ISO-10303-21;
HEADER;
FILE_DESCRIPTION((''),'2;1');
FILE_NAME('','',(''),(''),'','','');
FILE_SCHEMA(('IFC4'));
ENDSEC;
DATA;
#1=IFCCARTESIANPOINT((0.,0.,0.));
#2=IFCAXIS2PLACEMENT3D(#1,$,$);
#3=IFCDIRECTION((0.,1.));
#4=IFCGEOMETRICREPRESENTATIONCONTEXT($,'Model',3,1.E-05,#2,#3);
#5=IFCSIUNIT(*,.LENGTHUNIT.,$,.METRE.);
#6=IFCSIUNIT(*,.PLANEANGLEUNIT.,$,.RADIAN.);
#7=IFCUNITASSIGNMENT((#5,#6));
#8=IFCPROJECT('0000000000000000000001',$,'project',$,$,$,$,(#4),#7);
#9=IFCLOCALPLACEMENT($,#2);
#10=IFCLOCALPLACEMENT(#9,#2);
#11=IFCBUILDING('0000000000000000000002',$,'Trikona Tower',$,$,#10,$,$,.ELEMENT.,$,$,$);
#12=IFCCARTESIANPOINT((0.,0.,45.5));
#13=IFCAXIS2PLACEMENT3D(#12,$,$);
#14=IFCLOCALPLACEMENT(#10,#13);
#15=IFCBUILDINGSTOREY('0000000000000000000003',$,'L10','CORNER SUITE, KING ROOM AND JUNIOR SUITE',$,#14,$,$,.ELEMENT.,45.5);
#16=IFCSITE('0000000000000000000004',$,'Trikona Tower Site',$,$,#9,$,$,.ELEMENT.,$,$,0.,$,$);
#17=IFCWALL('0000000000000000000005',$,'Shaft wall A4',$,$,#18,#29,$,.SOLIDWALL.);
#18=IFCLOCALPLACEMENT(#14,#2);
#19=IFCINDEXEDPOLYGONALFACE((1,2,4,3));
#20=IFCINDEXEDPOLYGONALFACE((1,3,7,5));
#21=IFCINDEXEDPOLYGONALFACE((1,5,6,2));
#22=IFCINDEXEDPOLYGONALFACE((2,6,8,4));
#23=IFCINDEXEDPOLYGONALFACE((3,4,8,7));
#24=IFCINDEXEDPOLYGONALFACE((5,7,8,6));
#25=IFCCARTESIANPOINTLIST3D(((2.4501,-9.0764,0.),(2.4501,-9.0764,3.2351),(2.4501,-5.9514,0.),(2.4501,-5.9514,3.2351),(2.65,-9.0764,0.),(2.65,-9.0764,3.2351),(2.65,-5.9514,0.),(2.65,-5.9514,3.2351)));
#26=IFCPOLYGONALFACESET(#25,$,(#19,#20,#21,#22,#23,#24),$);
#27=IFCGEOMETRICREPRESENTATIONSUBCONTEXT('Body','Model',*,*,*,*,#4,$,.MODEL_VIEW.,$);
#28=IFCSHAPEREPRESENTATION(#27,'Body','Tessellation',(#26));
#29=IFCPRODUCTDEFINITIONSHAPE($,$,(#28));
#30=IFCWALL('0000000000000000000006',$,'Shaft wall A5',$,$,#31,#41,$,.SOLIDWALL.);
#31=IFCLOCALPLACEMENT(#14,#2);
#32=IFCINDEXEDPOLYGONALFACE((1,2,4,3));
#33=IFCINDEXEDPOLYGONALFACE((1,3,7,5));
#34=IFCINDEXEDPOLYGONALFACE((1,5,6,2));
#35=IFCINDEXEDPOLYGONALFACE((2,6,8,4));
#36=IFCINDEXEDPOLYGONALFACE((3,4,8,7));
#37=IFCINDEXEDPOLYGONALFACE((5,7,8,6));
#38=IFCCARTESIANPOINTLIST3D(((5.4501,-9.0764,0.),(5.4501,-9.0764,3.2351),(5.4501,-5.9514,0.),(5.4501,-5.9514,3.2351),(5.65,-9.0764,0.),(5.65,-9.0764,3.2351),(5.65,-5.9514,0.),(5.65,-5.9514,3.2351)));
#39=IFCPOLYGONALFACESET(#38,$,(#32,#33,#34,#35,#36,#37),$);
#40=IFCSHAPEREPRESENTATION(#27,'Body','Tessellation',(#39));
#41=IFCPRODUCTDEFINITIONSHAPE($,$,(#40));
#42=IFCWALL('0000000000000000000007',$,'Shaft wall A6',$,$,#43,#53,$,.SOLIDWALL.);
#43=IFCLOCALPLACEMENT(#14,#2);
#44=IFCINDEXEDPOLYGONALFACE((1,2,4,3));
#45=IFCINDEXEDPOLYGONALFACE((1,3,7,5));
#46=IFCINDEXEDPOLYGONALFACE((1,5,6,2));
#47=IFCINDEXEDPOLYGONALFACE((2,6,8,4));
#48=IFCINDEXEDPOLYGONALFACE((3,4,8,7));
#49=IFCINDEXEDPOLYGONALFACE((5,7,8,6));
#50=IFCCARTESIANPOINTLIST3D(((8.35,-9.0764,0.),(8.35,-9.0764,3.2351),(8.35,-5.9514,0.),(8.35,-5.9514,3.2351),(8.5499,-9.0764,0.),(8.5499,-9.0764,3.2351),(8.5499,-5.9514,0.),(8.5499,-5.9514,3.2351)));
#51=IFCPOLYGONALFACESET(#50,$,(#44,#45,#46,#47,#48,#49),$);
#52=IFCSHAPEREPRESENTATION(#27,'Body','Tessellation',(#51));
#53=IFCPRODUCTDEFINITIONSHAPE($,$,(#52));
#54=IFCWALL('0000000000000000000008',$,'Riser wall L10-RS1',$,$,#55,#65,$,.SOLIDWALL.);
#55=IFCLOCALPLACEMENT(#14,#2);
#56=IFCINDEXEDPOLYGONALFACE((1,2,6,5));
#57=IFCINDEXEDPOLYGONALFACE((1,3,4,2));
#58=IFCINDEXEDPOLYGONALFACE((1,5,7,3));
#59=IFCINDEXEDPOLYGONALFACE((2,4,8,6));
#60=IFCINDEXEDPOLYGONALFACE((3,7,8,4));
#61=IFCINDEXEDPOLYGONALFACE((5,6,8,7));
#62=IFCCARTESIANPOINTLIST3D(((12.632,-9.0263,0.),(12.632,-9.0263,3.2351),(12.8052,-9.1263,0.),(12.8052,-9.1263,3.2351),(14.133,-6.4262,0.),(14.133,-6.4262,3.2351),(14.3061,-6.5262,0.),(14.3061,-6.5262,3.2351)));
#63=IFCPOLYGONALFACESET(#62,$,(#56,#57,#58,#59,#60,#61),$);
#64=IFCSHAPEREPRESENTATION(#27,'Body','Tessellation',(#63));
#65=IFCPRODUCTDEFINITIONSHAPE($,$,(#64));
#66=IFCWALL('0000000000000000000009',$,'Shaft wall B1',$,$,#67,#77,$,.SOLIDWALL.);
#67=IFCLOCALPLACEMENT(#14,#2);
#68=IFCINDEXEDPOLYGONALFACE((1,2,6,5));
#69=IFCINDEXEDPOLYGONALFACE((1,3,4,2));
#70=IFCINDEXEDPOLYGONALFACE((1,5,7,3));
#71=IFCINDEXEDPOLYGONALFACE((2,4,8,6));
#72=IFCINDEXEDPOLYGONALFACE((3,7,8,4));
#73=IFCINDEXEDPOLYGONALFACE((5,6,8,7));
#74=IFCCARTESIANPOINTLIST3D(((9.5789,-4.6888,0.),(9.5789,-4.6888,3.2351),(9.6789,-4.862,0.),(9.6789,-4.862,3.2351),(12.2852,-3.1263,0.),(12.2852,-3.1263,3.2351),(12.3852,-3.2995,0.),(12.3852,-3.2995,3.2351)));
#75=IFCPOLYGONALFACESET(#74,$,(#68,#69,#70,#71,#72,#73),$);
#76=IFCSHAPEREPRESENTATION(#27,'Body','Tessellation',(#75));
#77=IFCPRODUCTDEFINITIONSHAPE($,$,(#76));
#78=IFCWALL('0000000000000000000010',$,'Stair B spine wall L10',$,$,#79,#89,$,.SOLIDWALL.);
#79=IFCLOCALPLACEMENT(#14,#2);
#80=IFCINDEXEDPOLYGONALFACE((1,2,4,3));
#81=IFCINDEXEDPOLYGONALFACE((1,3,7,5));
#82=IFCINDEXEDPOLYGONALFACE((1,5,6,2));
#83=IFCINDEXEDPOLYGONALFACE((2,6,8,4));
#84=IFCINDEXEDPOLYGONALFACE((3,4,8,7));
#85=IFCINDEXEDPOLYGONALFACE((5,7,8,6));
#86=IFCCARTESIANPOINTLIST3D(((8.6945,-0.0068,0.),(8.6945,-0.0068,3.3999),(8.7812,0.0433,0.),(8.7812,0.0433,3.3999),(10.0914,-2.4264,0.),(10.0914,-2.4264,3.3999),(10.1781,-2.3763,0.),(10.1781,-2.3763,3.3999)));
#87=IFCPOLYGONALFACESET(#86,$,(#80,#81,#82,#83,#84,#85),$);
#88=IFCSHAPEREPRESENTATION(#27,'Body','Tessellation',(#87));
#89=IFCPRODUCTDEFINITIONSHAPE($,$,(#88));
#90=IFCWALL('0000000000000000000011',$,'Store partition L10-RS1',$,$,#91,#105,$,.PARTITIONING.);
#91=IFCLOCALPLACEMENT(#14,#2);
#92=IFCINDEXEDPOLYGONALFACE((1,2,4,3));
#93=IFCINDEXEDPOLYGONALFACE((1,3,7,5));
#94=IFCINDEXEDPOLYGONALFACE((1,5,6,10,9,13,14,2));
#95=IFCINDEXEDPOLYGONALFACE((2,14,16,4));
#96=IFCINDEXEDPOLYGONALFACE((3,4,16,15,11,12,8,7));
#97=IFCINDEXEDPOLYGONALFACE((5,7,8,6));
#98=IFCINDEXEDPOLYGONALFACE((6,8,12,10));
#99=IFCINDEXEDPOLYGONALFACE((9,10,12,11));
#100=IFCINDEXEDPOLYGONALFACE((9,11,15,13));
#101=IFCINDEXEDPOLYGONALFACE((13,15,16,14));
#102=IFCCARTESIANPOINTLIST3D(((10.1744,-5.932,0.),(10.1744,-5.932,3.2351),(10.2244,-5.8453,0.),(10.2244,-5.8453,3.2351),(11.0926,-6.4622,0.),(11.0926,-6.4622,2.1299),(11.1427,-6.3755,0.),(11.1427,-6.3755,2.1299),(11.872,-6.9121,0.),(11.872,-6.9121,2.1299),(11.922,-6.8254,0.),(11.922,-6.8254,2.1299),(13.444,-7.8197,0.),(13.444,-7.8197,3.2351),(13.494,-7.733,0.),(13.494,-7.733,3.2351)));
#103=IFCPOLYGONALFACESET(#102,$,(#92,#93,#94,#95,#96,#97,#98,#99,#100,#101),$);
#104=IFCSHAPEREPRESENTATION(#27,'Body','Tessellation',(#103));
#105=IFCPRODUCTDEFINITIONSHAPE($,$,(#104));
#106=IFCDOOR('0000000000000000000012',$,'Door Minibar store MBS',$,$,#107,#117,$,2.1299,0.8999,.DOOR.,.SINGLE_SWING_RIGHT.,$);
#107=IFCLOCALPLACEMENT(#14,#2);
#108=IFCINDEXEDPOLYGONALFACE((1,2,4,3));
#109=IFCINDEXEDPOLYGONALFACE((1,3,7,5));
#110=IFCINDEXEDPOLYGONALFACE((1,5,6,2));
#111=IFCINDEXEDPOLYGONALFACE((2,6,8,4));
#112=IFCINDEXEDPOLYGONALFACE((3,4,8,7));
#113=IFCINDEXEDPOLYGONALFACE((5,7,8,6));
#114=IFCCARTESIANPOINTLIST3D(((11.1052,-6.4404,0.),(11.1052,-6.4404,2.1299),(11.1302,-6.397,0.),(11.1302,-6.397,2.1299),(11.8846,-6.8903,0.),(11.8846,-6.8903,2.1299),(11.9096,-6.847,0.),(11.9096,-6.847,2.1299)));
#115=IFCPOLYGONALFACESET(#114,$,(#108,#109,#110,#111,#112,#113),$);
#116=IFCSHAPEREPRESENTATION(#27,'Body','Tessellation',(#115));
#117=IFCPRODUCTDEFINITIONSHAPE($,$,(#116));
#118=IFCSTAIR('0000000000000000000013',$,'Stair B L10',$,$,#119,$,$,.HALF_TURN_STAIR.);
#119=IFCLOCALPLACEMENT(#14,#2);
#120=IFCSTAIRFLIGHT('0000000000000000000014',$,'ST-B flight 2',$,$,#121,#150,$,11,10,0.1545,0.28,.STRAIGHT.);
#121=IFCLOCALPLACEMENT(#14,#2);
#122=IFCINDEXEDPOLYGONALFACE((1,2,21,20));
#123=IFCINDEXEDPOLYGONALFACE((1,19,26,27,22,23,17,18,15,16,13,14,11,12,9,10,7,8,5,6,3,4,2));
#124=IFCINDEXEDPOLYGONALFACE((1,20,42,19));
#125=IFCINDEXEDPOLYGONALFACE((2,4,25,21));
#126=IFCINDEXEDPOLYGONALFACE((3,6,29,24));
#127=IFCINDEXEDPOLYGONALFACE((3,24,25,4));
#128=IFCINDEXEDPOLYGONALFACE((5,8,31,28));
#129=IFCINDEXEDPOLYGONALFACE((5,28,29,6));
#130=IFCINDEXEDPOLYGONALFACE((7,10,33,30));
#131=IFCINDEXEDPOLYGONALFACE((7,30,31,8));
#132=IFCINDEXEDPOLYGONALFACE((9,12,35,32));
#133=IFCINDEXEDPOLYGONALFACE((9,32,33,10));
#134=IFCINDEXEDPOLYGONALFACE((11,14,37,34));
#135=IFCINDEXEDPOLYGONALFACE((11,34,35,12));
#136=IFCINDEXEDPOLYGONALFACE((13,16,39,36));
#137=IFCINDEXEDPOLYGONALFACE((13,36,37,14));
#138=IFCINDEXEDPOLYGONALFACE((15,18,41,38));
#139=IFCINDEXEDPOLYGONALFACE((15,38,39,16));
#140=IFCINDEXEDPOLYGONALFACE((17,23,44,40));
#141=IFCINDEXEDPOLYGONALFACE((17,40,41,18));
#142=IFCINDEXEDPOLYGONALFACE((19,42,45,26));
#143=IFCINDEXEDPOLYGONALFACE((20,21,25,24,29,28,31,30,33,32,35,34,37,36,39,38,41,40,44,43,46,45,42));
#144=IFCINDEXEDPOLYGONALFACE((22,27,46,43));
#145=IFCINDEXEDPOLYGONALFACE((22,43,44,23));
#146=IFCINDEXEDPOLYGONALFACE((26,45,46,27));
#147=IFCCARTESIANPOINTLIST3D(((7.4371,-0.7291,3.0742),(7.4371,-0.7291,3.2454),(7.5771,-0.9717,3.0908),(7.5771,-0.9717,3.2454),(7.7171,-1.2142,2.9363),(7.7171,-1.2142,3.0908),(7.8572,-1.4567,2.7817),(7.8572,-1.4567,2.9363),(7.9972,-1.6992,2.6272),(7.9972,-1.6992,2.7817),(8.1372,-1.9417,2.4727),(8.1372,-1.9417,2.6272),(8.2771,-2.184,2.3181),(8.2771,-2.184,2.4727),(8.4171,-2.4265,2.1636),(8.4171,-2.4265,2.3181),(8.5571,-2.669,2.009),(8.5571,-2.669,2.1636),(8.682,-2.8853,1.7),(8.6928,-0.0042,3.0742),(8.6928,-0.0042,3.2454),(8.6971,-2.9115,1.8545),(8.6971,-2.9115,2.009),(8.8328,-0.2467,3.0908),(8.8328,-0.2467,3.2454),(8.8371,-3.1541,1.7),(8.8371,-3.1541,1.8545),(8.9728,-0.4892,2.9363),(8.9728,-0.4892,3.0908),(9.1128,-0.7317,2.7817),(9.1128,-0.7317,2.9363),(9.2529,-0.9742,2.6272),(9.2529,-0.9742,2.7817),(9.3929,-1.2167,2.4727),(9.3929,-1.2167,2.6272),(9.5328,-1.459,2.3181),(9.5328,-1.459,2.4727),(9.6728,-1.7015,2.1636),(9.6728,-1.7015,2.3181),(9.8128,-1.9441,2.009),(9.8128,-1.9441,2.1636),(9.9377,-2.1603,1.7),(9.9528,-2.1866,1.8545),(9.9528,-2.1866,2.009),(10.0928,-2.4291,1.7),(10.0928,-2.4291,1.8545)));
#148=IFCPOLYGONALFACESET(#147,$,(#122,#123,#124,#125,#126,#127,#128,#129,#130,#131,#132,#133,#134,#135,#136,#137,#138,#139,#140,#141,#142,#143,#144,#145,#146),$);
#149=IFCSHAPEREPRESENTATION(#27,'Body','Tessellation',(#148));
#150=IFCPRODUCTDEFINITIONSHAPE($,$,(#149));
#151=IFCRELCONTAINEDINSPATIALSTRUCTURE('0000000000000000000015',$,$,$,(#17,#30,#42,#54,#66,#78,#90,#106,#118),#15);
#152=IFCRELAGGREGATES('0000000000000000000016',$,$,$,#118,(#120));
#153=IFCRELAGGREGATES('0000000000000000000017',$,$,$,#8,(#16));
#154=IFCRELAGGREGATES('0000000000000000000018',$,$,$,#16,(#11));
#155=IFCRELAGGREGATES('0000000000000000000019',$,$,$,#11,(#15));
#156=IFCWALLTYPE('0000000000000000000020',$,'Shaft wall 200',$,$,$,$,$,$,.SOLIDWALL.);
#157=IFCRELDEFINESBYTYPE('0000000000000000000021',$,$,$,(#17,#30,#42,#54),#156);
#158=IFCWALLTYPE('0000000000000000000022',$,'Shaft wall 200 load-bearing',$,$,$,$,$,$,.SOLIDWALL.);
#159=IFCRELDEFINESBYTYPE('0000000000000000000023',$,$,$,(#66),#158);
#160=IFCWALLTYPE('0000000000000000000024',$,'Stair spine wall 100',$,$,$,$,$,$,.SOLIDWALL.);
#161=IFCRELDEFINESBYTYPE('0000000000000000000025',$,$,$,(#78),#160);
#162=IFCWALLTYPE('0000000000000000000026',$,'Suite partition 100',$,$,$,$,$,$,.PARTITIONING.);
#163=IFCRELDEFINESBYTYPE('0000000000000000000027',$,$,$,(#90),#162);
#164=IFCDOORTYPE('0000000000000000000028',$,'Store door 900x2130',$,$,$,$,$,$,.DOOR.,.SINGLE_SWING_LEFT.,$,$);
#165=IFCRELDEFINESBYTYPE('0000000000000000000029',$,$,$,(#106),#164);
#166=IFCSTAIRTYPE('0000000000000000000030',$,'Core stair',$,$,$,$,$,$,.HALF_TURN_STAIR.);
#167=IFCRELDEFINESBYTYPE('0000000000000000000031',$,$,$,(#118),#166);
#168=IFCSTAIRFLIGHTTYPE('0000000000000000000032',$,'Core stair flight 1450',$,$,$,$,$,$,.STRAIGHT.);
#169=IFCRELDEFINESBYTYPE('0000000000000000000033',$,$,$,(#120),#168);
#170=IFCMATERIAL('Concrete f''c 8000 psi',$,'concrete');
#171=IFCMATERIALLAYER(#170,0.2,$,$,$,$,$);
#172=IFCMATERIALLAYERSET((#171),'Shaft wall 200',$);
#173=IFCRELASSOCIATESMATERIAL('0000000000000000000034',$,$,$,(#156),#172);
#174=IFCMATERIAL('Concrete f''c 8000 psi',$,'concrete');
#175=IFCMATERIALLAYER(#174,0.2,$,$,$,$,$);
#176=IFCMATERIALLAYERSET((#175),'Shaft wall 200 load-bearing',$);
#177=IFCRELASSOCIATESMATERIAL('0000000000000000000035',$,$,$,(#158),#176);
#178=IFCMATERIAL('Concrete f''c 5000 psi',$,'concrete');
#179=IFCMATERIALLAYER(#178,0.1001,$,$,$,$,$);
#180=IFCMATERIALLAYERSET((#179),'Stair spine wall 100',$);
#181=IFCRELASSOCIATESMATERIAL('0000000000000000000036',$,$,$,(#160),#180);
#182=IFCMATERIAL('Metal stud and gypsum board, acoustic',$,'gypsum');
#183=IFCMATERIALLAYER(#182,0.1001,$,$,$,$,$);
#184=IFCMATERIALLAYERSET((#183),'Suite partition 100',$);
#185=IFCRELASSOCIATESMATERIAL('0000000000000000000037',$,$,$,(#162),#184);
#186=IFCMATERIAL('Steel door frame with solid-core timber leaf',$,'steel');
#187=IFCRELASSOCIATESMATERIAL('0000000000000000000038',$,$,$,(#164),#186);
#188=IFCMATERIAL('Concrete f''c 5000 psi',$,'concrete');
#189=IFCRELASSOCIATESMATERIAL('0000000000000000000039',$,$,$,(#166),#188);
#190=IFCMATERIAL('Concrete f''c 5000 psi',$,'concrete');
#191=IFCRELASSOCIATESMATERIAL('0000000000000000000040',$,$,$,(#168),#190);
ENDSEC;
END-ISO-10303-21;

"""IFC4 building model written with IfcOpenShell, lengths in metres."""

from ifc_helpers import new_model, si_unit, direction, frame, frame_2d, origin, place, context, subcontext, project, spatial, polyline, rectangle, outline, extrude, material, layer, layer_set, type_object, element, fill, aggregate, save


model = new_model("IFC4")

# Units and contexts
model_context = context("Model", 3, precision=1e-05, world=origin(), true_north=direction((0.0, 1.0)))
body_context = subcontext(model_context, "Body", "Model", "MODEL_VIEW")
ifc_project = project(units=[si_unit("LENGTHUNIT", "METRE"), si_unit("PLANEANGLEUNIT", "RADIAN")], contexts=[model_context])

# Site, building, storey
site_placement = place(None, origin())
site = spatial("IfcSite", under=ifc_project, at=site_placement, Name="Trikona Tower Site", CompositionType="ELEMENT", RefElevation=0.0)
building_placement = place(site_placement, origin())
building = spatial("IfcBuilding", under=site, at=building_placement, Name="Trikona Tower", CompositionType="ELEMENT")
storey_placement = place(building_placement, frame((0.0, 0.0, 45.5)))
storey = spatial("IfcBuildingStorey", under=building, at=storey_placement, Name="L10", Description="CORNER SUITE, KING ROOM AND JUNIOR SUITE", CompositionType="ELEMENT", Elevation=45.5)

# Walls
ifc_material_1 = material(Name="Concrete f'c 8000 psi", Category="concrete")
ifc_layer_1 = layer(ifc_material_1, 0.2)
ifc_layer_set_1 = layer_set([ifc_layer_1], Name="Shaft wall 200")
wall_type_1 = type_object("IfcWallType", Name="Shaft wall 200", PredefinedType="SOLIDWALL", material=ifc_layer_set_1)
for number, where, z_axis, x_axis, name in (
    (1, (2.55, -5.9514, 0.0), (0.0, 0.0, 1.0), (0.0, -1.0, 0.0), "Shaft wall A4"),
    (2, (5.55, -5.9514, 0.0), (0.0, 0.0, 1.0), (0.0, -1.0, 0.0), "Shaft wall A5"),
    (3, (8.45, -5.9514, 0.0), (0.0, 0.0, 1.0), (0.0, -1.0, 0.0), "Shaft wall A6"),
):
    element("IfcWall", number, at=place(storey_placement, frame(where, z_axis=z_axis, x_axis=x_axis)), inside=storey, type_object=wall_type_1, Name=name, PredefinedType="SOLIDWALL", context=body_context, shape_type="SweptSolid", body=[
        extrude(rectangle(XDim=3.125, YDim=0.2, at=frame_2d((1.5625, 0.0))), origin(), (0.0, 0.0, 1.0), 3.2351),
    ])
wall_1_placement = place(storey_placement, frame((14.2195, -6.4763, 0.0), z_axis=(0.0, 0.0, 1.0), x_axis=(-0.499952, -0.866053, 0.0)))
element("IfcWall", 4, at=wall_1_placement, inside=storey, type_object=wall_type_1, Name="Riser wall L10-RS1", PredefinedType="SOLIDWALL", context=body_context, shape_type="SweptSolid", body=[
    extrude(rectangle(XDim=3.0022, YDim=0.2, at=frame_2d((1.501, 0.0))), origin(), (0.0, 0.0, 1.0), 3.2351),
])
ifc_material_2 = material(Name="Concrete f'c 8000 psi", Category="concrete")
ifc_layer_2 = layer(ifc_material_2, 0.2)
ifc_layer_set_2 = layer_set([ifc_layer_2], Name="Shaft wall 200 load-bearing")
wall_type_2 = type_object("IfcWallType", Name="Shaft wall 200 load-bearing", PredefinedType="SOLIDWALL", material=ifc_layer_set_2)
wall_2_placement = place(storey_placement, frame((9.6289, -4.7754, 0.0), z_axis=(0.0, 0.0, 1.0), x_axis=(0.866023, 0.500004, 0.0)))
element("IfcWall", 5, at=wall_2_placement, inside=storey, type_object=wall_type_2, Name="Shaft wall B1", PredefinedType="SOLIDWALL", context=body_context, shape_type="SweptSolid", body=[
    extrude(rectangle(XDim=3.125, YDim=0.2, at=frame_2d((1.5625, 0.0))), origin(), (0.0, 0.0, 1.0), 3.2351),
])
ifc_material_3 = material(Name="Concrete f'c 5000 psi", Category="concrete")
ifc_layer_3 = layer(ifc_material_3, 0.1001)
ifc_layer_set_3 = layer_set([ifc_layer_3], Name="Stair spine wall 100")
wall_type_3 = type_object("IfcWallType", Name="Stair spine wall 100", PredefinedType="SOLIDWALL", material=ifc_layer_set_3)
wall_3_placement = place(storey_placement, frame((10.1348, -2.4014, 0.0), z_axis=(0.0, 0.0, 1.0), x_axis=(-0.499992, 0.86603, 0.0)))
element("IfcWall", 6, at=wall_3_placement, inside=storey, type_object=wall_type_3, Name="Stair B spine wall L10", PredefinedType="SOLIDWALL", context=body_context, shape_type="SweptSolid", body=[
    extrude(rectangle(XDim=2.7939, YDim=0.1001, at=frame_2d((1.397, 0.0))), origin(), (0.0, 0.0, 1.0), 3.3999),
])

# Wall, opening, door
ifc_material_4 = material(Name="Metal stud and gypsum board, acoustic", Category="gypsum")
ifc_layer_4 = layer(ifc_material_4, 0.1001)
ifc_layer_set_4 = layer_set([ifc_layer_4], Name="Suite partition 100")
wall_type_4 = type_object("IfcWallType", Name="Suite partition 100", PredefinedType="PARTITIONING", material=ifc_layer_set_4)
wall_4_placement = place(storey_placement, frame((13.469, -7.7764, 0.0), z_axis=(0.0, 0.0, 1.0), x_axis=(-0.866022, 0.500006, 0.0)))
wall_4 = element("IfcWall", 7, at=wall_4_placement, inside=storey, type_object=wall_type_4, Name="Store partition L10-RS1", PredefinedType="PARTITIONING", context=body_context, shape_type="SweptSolid", body=[
    extrude(rectangle(XDim=3.7754, YDim=0.1001, at=frame_2d((1.8877, 0.0))), origin(), (0.0, 0.0, 1.0), 3.2351),
])
opening_1_placement = place(wall_4_placement, frame((1.8152, 0.0, 0.0)))
opening_1 = element("IfcOpeningElement", 8, at=opening_1_placement, cuts=wall_4, PredefinedType="OPENING", context=body_context, shape_type="SweptSolid", body=[
    extrude(rectangle(XDim=0.8999, YDim=2.1299, at=frame_2d((0.45, 1.0649))), frame((0.0, 0.0601, 0.0), z_axis=(0.0, -1.0, 0.0), x_axis=(1.0, 0.0, 0.0)), (0.0, 0.0, 1.0), 0.1201),
])
ifc_material_5 = material(Name="Steel door frame with solid-core timber leaf", Category="steel")
door_type_1 = type_object("IfcDoorType", Name="Store door 900x2130", OperationType="SINGLE_SWING_LEFT", PredefinedType="DOOR", material=ifc_material_5)
door_1_placement = place(opening_1_placement, origin())
door_1 = element("IfcDoor", 9, at=door_1_placement, inside=storey, type_object=door_type_1, Name="Door Minibar store MBS", OperationType="SINGLE_SWING_RIGHT", OverallHeight=2.1299, OverallWidth=0.8999, PredefinedType="DOOR", context=body_context, shape_type="SweptSolid", body=[
    extrude(rectangle(XDim=0.8999, YDim=2.1299, at=frame_2d((0.45, 1.0649))), frame((0.0, 0.0249, 0.0), z_axis=(0.0, -1.0, 0.0), x_axis=(1.0, 0.0, 0.0)), (0.0, 0.0, 1.0), 0.05),
])
fill(opening_1, door_1)

# Stair, stair flight
ifc_material_6 = material(Name="Concrete f'c 5000 psi", Category="concrete")
stair_type = type_object("IfcStairType", Name="Core stair", PredefinedType="HALF_TURN_STAIR", material=ifc_material_6)
stair_placement = place(storey_placement, origin())
stair = element("IfcStair", 10, at=stair_placement, inside=storey, type_object=stair_type, Name="Stair B L10", PredefinedType="HALF_TURN_STAIR")
ifc_material_7 = material(Name="Concrete f'c 5000 psi", Category="concrete")
stair_flight_type = type_object("IfcStairFlightType", Name="Core stair flight 1450", PredefinedType="STRAIGHT", material=ifc_material_7)
stair_flight_placement = place(storey_placement, frame((9.4651, -2.7915, 1.7), z_axis=(0.0, 0.0, 1.0), x_axis=(-0.5, 0.866025, 0.0)))
stair_flight = element("IfcStairFlight", 11, at=stair_flight_placement, type_object=stair_flight_type, Name="ST-B flight 2", NumberOfRisers=11, NumberOfTreads=10, PredefinedType="STRAIGHT", RiserHeight=0.1545, TreadLength=0.28, context=body_context, shape_type="SweptSolid", body=[
    extrude(outline(polyline([(0.0, 0.0), (0.0, 0.1545), (0.28, 0.1545), (0.28, 0.3091), (0.5601, 0.3091), (0.5601, 0.4636), (0.8401, 0.4636), (0.8401, 0.6182), (1.1201, 0.6182), (1.1201, 0.7727), (1.3999, 0.7727), (1.3999, 0.9272), (1.6799, 0.9272), (1.6799, 1.0818), (1.96, 1.0818), (1.96, 1.2363), (2.24, 1.2363), (2.24, 1.3909), (2.52, 1.3909), (2.52, 1.5454), (2.8, 1.5454), (2.8, 1.7), (2.8, 1.3743), (0.3103, 0.0), (0.0, 0.0)])), frame((0.0, 0.7251, 0.0), z_axis=(0.0, -1.0, 0.0), x_axis=(1.0, 0.0, 0.0)), (0.0, 0.0, 1.0), 1.45),
])
aggregate(stair, [stair_flight])

save(model, "model.ifc")
